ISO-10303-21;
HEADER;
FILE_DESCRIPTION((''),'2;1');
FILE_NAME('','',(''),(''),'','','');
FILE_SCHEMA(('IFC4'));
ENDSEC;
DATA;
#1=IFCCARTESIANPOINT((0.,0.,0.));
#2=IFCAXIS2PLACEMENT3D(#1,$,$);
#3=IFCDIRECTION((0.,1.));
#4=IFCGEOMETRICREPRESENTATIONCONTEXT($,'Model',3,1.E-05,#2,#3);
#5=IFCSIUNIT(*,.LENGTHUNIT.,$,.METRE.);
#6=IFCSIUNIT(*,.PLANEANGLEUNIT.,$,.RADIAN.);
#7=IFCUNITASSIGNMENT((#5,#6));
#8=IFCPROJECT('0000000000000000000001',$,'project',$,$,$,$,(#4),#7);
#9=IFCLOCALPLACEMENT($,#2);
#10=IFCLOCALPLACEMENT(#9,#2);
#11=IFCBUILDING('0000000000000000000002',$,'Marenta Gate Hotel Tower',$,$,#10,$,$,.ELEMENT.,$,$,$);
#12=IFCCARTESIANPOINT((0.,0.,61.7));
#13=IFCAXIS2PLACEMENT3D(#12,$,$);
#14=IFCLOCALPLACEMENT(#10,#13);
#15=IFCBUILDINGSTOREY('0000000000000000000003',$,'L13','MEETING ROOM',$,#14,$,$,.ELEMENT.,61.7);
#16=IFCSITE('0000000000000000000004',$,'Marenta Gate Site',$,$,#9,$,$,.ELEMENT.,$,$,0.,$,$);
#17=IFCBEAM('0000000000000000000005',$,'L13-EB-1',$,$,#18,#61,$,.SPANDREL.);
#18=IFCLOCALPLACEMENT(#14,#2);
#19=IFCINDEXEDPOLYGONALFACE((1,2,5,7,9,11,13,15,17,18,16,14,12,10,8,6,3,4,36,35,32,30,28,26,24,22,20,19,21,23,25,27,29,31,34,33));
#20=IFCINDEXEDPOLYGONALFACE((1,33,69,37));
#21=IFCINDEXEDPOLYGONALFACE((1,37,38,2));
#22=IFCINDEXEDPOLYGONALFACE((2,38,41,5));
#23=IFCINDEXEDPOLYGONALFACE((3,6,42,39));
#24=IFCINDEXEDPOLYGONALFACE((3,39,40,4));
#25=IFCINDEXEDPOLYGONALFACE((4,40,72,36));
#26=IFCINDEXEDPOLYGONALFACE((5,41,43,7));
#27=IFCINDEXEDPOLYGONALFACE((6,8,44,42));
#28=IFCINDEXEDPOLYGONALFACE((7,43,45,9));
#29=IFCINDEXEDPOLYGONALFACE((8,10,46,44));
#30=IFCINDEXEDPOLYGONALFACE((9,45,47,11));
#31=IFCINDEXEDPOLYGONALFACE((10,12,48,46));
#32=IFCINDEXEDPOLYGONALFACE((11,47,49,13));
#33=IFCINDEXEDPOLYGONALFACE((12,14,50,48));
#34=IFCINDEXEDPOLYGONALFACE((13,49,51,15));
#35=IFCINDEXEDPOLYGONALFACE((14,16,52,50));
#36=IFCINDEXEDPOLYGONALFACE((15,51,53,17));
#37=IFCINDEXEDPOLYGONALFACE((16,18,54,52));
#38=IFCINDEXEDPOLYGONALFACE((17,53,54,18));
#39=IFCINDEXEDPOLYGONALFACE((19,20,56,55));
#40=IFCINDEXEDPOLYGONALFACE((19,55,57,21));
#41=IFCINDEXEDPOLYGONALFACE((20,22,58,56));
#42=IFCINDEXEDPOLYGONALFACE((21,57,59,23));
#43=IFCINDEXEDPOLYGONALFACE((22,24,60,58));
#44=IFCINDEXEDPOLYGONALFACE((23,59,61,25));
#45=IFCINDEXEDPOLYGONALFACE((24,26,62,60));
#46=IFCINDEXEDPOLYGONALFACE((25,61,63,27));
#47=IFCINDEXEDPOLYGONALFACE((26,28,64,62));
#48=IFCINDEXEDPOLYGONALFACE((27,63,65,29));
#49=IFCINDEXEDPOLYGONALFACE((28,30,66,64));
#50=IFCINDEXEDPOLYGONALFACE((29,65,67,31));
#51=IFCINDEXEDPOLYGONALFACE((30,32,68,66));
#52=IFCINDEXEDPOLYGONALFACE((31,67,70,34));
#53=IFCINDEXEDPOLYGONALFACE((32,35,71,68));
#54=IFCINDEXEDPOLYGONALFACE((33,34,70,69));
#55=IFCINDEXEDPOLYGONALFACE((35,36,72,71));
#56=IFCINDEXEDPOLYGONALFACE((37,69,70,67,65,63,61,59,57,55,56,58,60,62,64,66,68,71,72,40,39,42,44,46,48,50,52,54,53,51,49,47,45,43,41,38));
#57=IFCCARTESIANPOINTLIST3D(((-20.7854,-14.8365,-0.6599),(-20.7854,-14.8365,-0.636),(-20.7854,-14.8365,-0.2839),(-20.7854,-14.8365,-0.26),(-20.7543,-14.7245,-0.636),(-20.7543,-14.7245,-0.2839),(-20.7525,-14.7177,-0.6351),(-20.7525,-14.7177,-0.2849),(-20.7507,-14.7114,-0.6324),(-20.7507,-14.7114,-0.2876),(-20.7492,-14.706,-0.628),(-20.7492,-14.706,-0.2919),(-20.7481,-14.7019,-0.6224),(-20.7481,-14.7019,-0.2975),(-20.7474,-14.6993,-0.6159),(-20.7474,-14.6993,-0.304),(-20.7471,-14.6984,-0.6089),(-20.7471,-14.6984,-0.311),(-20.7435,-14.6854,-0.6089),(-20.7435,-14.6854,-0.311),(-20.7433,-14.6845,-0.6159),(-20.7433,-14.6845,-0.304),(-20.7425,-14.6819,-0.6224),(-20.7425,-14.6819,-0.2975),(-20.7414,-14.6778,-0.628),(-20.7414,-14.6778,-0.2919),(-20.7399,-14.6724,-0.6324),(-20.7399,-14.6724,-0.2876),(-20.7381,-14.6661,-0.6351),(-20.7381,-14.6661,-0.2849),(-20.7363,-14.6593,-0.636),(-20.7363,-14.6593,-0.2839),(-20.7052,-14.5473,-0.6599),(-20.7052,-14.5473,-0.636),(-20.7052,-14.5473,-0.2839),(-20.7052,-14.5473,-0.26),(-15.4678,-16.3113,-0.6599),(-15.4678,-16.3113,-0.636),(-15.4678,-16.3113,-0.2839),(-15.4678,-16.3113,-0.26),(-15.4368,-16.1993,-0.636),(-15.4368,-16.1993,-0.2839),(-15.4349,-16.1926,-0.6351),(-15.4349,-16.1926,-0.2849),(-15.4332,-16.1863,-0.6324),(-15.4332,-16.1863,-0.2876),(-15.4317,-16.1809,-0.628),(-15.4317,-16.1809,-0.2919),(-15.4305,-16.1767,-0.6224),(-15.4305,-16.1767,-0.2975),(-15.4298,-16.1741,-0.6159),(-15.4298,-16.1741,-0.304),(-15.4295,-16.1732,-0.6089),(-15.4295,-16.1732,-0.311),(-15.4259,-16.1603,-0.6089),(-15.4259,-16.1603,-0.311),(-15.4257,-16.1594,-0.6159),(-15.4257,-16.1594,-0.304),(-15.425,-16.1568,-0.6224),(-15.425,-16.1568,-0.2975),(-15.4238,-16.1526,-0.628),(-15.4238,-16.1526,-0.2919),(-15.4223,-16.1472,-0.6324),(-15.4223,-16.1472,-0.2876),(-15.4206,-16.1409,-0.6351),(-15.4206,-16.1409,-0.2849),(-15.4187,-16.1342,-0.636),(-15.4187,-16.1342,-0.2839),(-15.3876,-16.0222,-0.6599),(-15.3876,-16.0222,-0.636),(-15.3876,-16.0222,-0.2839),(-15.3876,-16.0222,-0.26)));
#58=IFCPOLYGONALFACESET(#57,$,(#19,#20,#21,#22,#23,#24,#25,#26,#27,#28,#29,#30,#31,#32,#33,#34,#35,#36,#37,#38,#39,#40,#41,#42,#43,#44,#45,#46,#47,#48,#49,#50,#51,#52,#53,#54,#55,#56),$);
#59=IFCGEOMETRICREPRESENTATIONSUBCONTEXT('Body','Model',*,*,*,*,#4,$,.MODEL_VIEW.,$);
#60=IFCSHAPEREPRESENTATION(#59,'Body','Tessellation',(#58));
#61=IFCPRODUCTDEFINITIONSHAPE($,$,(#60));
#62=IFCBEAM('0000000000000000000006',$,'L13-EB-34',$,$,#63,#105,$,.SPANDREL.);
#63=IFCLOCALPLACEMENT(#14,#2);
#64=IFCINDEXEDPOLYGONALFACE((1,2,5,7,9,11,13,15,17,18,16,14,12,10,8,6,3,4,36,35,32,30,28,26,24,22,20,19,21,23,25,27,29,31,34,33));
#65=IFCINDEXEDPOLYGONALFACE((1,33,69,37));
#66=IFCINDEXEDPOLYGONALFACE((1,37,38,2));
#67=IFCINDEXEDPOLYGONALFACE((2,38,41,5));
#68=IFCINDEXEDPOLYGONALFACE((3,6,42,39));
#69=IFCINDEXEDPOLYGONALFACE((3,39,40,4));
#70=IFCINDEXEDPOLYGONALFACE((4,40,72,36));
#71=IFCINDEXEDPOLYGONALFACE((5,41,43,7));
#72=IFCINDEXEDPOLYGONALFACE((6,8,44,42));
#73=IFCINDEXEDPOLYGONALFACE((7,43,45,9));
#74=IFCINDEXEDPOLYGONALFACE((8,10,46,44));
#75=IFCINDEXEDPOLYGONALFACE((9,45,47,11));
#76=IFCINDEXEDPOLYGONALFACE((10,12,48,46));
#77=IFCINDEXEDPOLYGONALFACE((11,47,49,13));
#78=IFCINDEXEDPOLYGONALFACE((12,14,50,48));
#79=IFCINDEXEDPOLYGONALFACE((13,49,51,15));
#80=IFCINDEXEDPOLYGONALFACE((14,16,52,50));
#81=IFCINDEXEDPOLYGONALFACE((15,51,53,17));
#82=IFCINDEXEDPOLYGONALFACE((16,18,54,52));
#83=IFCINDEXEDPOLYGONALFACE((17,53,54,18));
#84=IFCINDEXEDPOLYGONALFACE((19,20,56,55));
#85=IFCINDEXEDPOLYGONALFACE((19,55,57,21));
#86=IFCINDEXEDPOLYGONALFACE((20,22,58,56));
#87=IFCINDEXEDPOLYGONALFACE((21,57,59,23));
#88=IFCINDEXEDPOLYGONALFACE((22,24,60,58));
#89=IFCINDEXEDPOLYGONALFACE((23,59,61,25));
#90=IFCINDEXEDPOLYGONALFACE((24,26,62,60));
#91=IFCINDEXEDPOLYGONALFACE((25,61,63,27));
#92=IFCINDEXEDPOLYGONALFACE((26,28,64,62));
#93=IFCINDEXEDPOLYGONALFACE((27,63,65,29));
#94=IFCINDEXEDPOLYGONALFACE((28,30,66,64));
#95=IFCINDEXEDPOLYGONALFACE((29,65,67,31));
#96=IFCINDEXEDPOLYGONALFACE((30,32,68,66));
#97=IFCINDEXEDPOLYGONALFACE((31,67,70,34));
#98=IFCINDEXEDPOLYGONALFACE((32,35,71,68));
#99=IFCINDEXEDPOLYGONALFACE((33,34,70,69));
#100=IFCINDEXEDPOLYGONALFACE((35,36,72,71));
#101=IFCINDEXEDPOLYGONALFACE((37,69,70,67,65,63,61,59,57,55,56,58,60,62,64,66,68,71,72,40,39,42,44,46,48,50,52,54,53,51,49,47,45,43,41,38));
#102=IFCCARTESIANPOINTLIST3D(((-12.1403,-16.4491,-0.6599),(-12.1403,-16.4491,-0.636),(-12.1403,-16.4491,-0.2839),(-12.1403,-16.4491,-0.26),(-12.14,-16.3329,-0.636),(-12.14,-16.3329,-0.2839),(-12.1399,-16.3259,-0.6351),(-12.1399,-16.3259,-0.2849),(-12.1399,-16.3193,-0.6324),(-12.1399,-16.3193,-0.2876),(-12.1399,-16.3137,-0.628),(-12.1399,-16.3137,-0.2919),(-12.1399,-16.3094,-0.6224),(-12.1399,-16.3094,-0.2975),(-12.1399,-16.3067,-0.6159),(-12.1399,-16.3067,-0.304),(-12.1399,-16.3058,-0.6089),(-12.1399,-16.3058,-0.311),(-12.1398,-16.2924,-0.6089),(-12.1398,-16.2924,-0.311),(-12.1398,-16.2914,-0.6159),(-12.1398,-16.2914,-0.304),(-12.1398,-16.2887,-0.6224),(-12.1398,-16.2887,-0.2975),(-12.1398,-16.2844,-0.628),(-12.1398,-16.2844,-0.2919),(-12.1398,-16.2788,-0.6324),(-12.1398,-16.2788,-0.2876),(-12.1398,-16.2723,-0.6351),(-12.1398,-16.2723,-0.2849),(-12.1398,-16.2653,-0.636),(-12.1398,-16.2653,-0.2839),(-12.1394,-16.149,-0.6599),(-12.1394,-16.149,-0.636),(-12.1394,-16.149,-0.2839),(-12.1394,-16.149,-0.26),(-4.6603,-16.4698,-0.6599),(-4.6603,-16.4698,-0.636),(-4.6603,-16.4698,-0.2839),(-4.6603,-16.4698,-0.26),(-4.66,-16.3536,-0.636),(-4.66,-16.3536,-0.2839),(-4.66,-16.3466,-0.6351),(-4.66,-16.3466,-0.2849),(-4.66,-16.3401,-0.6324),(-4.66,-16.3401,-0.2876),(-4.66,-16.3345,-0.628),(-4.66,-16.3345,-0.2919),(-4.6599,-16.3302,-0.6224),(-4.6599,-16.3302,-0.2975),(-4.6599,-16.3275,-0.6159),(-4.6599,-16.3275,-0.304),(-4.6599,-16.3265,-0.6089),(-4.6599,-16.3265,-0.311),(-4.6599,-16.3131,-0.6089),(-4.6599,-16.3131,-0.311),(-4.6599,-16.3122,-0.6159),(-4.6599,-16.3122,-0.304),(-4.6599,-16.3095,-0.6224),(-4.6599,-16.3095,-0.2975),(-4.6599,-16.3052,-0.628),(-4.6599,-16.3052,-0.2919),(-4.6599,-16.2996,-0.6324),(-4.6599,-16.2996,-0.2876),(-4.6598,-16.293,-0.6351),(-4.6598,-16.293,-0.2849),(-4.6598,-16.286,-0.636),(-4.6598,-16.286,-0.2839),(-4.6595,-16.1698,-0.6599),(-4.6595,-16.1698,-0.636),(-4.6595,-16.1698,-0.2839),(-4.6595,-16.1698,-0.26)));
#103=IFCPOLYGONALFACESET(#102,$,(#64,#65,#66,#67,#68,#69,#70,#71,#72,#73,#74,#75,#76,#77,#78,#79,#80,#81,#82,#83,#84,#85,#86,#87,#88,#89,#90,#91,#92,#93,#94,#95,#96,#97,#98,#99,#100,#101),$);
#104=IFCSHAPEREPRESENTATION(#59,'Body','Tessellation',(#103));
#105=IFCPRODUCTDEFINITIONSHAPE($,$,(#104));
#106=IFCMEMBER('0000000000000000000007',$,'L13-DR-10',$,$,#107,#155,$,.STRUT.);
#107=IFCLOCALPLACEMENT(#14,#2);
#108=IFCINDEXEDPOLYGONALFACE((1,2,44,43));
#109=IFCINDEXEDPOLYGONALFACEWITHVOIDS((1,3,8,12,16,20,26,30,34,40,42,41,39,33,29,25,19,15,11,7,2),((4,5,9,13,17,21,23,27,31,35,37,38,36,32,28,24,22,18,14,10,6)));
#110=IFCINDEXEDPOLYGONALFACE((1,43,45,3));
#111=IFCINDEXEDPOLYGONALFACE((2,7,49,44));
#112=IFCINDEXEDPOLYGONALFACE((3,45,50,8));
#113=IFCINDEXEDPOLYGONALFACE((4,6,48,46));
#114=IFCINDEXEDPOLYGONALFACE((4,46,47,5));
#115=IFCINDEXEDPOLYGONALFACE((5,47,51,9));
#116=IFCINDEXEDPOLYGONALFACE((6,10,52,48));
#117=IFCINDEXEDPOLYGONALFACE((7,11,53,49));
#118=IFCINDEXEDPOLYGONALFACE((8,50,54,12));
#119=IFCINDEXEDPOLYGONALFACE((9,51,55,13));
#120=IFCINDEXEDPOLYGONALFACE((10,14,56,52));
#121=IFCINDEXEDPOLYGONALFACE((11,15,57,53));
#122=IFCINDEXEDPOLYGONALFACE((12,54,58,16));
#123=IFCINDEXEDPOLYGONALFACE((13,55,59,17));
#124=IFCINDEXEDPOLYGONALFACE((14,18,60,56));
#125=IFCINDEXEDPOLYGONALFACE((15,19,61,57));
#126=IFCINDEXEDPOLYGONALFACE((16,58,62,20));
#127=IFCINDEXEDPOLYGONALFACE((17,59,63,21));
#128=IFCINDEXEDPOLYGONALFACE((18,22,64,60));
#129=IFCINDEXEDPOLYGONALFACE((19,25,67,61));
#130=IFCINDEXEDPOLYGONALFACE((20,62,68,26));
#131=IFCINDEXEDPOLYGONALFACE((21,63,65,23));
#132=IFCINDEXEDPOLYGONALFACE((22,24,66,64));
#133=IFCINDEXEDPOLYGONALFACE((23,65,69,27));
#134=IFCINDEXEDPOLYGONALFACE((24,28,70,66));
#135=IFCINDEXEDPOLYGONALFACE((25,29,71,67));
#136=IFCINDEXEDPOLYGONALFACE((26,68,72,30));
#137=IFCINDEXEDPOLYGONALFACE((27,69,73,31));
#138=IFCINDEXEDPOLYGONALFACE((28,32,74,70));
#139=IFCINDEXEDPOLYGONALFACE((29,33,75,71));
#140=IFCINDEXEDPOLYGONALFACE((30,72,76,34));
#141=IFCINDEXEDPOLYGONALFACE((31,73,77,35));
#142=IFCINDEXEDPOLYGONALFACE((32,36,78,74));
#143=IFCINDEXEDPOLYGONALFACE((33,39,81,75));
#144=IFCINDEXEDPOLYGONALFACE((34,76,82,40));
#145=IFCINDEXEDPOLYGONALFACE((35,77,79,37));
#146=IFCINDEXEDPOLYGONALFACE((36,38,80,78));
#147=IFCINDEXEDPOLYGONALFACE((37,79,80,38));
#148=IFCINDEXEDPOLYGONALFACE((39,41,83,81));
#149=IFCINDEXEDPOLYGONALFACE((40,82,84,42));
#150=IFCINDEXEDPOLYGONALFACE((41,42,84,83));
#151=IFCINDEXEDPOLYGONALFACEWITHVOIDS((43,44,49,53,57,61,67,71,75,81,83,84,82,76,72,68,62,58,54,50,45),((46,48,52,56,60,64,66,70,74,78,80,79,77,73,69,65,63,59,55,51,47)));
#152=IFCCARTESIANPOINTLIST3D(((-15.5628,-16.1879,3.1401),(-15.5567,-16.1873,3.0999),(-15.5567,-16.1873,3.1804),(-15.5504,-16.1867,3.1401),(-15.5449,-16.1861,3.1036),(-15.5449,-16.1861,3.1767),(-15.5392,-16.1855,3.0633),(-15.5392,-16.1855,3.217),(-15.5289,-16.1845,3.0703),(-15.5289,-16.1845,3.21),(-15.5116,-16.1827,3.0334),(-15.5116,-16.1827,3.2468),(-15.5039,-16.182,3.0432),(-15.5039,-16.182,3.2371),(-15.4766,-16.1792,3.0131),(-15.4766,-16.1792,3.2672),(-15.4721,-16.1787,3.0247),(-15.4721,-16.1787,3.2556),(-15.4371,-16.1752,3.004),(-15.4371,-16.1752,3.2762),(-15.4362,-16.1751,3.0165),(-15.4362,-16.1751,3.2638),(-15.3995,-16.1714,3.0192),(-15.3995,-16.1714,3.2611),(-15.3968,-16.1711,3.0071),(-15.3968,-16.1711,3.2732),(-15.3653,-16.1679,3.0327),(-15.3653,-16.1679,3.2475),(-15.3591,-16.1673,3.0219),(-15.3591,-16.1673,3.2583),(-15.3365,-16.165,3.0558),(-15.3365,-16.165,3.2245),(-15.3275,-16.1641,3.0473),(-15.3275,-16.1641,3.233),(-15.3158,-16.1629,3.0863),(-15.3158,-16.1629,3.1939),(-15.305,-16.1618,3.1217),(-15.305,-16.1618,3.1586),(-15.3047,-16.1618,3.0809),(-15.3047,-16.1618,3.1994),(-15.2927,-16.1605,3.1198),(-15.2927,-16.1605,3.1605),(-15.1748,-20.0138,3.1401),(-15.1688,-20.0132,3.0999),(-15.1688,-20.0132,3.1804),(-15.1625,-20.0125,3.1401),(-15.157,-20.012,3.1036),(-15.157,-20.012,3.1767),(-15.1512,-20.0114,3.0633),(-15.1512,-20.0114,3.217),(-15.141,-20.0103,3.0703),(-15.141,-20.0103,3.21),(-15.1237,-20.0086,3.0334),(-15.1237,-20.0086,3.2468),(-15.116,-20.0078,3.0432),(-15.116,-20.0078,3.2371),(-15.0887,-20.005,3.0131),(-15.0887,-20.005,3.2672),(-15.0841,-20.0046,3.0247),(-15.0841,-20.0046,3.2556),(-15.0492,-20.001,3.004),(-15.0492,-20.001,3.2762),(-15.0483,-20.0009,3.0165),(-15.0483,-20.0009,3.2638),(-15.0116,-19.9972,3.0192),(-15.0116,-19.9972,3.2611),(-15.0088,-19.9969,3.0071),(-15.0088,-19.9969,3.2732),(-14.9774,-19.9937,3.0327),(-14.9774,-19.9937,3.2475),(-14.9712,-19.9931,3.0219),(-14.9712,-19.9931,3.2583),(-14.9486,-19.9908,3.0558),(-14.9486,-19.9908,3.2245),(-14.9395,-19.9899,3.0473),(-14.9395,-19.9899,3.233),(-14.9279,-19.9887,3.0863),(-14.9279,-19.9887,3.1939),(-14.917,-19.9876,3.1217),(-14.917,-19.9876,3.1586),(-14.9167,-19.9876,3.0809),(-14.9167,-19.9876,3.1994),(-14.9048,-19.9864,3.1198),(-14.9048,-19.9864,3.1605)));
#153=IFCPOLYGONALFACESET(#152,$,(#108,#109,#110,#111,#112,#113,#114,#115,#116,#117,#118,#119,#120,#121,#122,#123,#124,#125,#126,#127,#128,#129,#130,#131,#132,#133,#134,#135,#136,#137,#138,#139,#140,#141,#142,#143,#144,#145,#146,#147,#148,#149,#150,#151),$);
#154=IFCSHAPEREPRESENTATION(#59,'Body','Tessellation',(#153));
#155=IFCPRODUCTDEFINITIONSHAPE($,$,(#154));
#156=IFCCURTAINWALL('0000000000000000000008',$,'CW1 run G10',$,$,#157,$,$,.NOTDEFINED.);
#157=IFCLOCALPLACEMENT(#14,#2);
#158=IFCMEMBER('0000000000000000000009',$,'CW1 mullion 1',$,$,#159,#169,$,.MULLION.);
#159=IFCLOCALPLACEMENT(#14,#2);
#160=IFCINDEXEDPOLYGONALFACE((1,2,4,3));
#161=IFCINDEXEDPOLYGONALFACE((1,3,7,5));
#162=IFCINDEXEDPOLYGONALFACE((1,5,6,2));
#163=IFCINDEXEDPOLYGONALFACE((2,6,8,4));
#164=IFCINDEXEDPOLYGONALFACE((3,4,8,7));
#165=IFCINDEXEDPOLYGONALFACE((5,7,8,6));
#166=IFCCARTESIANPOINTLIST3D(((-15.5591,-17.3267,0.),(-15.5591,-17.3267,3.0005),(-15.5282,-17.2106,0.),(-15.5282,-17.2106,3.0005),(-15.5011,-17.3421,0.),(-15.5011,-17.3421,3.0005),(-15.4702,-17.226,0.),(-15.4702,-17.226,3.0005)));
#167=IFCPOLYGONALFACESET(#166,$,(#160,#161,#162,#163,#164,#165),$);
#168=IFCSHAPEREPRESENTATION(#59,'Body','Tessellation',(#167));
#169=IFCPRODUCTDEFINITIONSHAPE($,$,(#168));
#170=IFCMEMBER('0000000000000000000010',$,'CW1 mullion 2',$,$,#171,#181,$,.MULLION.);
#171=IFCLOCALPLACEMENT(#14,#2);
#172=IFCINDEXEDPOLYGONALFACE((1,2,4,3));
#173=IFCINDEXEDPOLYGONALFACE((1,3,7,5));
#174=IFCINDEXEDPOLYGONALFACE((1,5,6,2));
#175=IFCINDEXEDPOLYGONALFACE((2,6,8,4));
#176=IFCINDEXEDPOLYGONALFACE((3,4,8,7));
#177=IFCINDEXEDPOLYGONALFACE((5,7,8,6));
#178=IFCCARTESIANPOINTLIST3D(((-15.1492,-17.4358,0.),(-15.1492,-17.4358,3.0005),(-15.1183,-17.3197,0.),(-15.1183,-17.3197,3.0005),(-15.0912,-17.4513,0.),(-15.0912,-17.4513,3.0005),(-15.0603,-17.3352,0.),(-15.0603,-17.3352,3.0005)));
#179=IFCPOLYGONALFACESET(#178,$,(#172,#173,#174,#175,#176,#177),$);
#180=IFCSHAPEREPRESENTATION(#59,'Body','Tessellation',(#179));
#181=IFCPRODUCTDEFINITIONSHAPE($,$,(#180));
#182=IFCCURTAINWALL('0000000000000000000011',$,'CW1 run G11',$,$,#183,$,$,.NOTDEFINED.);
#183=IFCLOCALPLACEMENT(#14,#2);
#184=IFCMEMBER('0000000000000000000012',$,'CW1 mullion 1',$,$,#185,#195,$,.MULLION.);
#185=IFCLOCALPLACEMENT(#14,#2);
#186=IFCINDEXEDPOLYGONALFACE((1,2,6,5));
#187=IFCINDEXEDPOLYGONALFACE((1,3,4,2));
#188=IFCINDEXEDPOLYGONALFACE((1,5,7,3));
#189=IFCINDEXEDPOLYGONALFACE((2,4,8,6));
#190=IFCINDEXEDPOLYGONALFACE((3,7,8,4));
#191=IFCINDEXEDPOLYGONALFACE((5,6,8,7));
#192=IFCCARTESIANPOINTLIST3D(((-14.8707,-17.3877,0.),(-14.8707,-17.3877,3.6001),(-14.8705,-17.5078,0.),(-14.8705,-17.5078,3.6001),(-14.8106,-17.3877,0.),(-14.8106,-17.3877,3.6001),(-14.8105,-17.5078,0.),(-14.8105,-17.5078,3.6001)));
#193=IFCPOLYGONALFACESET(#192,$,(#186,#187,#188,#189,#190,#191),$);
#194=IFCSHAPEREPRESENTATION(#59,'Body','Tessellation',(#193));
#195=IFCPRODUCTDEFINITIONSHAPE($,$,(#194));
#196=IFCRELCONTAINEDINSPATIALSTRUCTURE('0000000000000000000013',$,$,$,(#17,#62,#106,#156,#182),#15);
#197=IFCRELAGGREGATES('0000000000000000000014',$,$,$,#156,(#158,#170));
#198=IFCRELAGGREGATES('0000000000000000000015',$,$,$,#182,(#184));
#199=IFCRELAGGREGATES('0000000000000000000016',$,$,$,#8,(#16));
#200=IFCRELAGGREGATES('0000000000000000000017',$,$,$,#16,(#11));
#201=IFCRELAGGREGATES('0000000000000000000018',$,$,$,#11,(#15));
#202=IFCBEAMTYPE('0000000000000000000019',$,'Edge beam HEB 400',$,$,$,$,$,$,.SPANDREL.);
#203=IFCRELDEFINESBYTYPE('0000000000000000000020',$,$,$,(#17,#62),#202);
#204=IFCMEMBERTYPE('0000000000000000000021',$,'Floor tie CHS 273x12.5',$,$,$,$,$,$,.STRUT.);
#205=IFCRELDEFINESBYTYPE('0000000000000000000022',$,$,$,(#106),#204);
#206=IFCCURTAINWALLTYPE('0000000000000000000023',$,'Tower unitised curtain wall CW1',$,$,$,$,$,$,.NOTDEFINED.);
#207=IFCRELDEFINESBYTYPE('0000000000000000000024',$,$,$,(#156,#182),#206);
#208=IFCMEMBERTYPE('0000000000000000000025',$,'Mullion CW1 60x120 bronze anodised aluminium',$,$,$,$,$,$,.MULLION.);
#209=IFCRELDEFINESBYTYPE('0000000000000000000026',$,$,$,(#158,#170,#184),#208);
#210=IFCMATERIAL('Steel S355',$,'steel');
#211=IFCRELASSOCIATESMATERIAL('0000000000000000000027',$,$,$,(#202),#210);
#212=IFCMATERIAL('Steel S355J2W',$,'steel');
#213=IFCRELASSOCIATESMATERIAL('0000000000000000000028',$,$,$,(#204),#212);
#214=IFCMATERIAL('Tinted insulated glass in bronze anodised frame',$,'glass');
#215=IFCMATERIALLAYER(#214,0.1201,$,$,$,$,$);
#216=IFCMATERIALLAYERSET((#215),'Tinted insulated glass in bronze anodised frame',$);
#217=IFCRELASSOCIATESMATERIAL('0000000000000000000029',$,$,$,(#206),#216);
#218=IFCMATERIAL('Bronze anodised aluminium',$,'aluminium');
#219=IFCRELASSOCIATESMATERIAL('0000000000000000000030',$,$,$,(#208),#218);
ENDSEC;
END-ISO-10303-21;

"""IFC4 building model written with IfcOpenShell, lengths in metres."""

from ifc_helpers import new_model, si_unit, direction, frame, origin, origin_2d, place, context, subcontext, project, spatial, rectangle, hollow_circle, i_section, extrude, material, layer, layer_set, material_profile, profile_set, type_object, element, aggregate, save


model = new_model("IFC4")

# Units and contexts
model_context = context("Model", 3, precision=1e-05, world=origin(), true_north=direction((0.0, 1.0)))
body_context = subcontext(model_context, "Body", "Model", "MODEL_VIEW")
ifc_project = project(units=[si_unit("LENGTHUNIT", "METRE"), si_unit("PLANEANGLEUNIT", "RADIAN")], contexts=[model_context])

# Site, building, storey
site_placement = place(None, origin())
site = spatial("IfcSite", under=ifc_project, at=site_placement, Name="Marenta Gate Site", CompositionType="ELEMENT", RefElevation=0.0)
building_placement = place(site_placement, origin())
building = spatial("IfcBuilding", under=site, at=building_placement, Name="Marenta Gate Hotel Tower", CompositionType="ELEMENT")
storey_placement = place(building_placement, frame((0.0, 0.0, 61.7)))
storey = spatial("IfcBuildingStorey", under=building, at=storey_placement, Name="L13", Description="MEETING ROOM", CompositionType="ELEMENT", Elevation=61.7)

# Beams
ifc_material_1 = material(Name="Steel S355", Category="steel")
ifc_material_profile_1 = material_profile(ifc_material_1, i_section(OverallWidth=0.3, OverallDepth=0.3999, WebThickness=0.0134, FlangeThickness=0.0239, FilletRadius=0.0271, at=origin_2d()), Name="HEB 400")
ifc_profile_set_1 = profile_set([ifc_material_profile_1], Name="Steel S355")
beam_type = type_object("IfcBeamType", Name="Edge beam HEB 400", PredefinedType="SPANDREL", material=ifc_profile_set_1)
beam_1_placement = place(storey_placement, frame((-15.4277, -16.1667, -0.46), z_axis=(-0.963624, 0.267263, 0.0), x_axis=(-0.267263, -0.963624, 0.0)))
element("IfcBeam", 1, at=beam_1_placement, inside=storey, type_object=beam_type, Name="L13-EB-1", PredefinedType="SPANDREL", context=body_context, shape_type="SweptSolid", body=[
    extrude(i_section(OverallWidth=0.3, OverallDepth=0.3999, WebThickness=0.0134, FlangeThickness=0.0239, FilletRadius=0.0271, at=origin_2d()), origin(), (0.0, 0.0, 1.0), 5.5183),
])
beam_2_placement = place(storey_placement, frame((-4.6599, -16.3198, -0.46), z_axis=(-0.999996, 0.002774, 0.0), x_axis=(-0.002774, -0.999996, 0.0)))
element("IfcBeam", 2, at=beam_2_placement, inside=storey, type_object=beam_type, Name="L13-EB-34", PredefinedType="SPANDREL", context=body_context, shape_type="SweptSolid", body=[
    extrude(i_section(OverallWidth=0.3, OverallDepth=0.3999, WebThickness=0.0134, FlangeThickness=0.0239, FilletRadius=0.0271, at=origin_2d()), origin(), (0.0, 0.0, 1.0), 7.48),
])

# Member
ifc_material_2 = material(Name="Steel S355J2W", Category="steel")
ifc_material_profile_2 = material_profile(ifc_material_2, hollow_circle(Radius=0.1365, WallThickness=0.0125, at=origin_2d()), Name="CHS 273x12.5")
ifc_profile_set_2 = profile_set([ifc_material_profile_2], Name="Steel S355J2W")
member_type_1 = type_object("IfcMemberType", Name="Floor tie CHS 273x12.5", PredefinedType="STRUT", material=ifc_profile_set_2)
member_1_placement = place(storey_placement, frame((-15.0391, -20.0, 3.1401), z_axis=(-0.10088, 0.994899, 0.0), x_axis=(-0.994899, -0.10088, 0.0)))
element("IfcMember", 3, at=member_1_placement, inside=storey, type_object=member_type_1, Name="L13-DR-10", PredefinedType="STRUT", context=body_context, shape_type="SweptSolid", body=[
    extrude(hollow_circle(Radius=0.1365, WallThickness=0.0125, at=origin_2d()), origin(), (0.0, 0.0, 1.0), 3.8455),
])

# Curtain walls, members
ifc_material_3 = material(Name="Tinted insulated glass in bronze anodised frame", Category="glass")
ifc_layer_1 = layer(ifc_material_3, 0.1201)
ifc_layer_set_1 = layer_set([ifc_layer_1], Name="Tinted insulated glass in bronze anodised frame")
curtain_wall_type = type_object("IfcCurtainWallType", Name="Tower unitised curtain wall CW1", PredefinedType="NOTDEFINED", material=ifc_layer_set_1)
curtain_wall_1_placement = place(storey_placement, origin())
curtain_wall_1 = element("IfcCurtainWall", 4, at=curtain_wall_1_placement, inside=storey, type_object=curtain_wall_type, Name="CW1 run G10", PredefinedType="NOTDEFINED")
ifc_material_4 = material(Name="Bronze anodised aluminium", Category="aluminium")
ifc_material_profile_3 = material_profile(ifc_material_4, rectangle(XDim=0.1201, YDim=0.0601, at=origin_2d()), Name="Mullion CW1 60x120 bronze anodised aluminium")
ifc_profile_set_3 = profile_set([ifc_material_profile_3], Name="Bronze anodised aluminium")
member_type_2 = type_object("IfcMemberType", Name="Mullion CW1 60x120 bronze anodised aluminium", PredefinedType="MULLION", material=ifc_profile_set_3)
member_2_placement = place(storey_placement, frame((-15.5146, -17.2764, 0.0), z_axis=(0.0, 0.0, 1.0), x_axis=(0.257084, 0.966389, 0.0)))
member_2 = element("IfcMember", 5, at=member_2_placement, type_object=member_type_2, Name="CW1 mullion 1", PredefinedType="MULLION", context=body_context, shape_type="SweptSolid", body=[
    extrude(rectangle(XDim=0.1201, YDim=0.0601, at=origin_2d()), origin(), (0.0, 0.0, 1.0), 3.0005),
])
member_3_placement = place(storey_placement, frame((-15.1047, -17.3855, 0.0), z_axis=(0.0, 0.0, 1.0), x_axis=(0.257084, 0.966389, 0.0)))
member_3 = element("IfcMember", 6, at=member_3_placement, type_object=member_type_2, Name="CW1 mullion 2", PredefinedType="MULLION", context=body_context, shape_type="SweptSolid", body=[
    extrude(rectangle(XDim=0.1201, YDim=0.0601, at=origin_2d()), origin(), (0.0, 0.0, 1.0), 3.0005),
])
curtain_wall_2_placement = place(storey_placement, origin())
curtain_wall_2 = element("IfcCurtainWall", 7, at=curtain_wall_2_placement, inside=storey, type_object=curtain_wall_type, Name="CW1 run G11", PredefinedType="NOTDEFINED")
member_4_placement = place(storey_placement, frame((-14.8406, -17.4478, 0.0), z_axis=(0.0, 0.0, 1.0), x_axis=(-0.001162, 0.999999, 0.0)))
member_4 = element("IfcMember", 8, at=member_4_placement, type_object=member_type_2, Name="CW1 mullion 1", PredefinedType="MULLION", context=body_context, shape_type="SweptSolid", body=[
    extrude(rectangle(XDim=0.1201, YDim=0.0601, at=origin_2d()), origin(), (0.0, 0.0, 1.0), 3.6001),
])

aggregate(curtain_wall_1, [member_2, member_3])
aggregate(curtain_wall_2, [member_4])

save(model, "model.ifc")
